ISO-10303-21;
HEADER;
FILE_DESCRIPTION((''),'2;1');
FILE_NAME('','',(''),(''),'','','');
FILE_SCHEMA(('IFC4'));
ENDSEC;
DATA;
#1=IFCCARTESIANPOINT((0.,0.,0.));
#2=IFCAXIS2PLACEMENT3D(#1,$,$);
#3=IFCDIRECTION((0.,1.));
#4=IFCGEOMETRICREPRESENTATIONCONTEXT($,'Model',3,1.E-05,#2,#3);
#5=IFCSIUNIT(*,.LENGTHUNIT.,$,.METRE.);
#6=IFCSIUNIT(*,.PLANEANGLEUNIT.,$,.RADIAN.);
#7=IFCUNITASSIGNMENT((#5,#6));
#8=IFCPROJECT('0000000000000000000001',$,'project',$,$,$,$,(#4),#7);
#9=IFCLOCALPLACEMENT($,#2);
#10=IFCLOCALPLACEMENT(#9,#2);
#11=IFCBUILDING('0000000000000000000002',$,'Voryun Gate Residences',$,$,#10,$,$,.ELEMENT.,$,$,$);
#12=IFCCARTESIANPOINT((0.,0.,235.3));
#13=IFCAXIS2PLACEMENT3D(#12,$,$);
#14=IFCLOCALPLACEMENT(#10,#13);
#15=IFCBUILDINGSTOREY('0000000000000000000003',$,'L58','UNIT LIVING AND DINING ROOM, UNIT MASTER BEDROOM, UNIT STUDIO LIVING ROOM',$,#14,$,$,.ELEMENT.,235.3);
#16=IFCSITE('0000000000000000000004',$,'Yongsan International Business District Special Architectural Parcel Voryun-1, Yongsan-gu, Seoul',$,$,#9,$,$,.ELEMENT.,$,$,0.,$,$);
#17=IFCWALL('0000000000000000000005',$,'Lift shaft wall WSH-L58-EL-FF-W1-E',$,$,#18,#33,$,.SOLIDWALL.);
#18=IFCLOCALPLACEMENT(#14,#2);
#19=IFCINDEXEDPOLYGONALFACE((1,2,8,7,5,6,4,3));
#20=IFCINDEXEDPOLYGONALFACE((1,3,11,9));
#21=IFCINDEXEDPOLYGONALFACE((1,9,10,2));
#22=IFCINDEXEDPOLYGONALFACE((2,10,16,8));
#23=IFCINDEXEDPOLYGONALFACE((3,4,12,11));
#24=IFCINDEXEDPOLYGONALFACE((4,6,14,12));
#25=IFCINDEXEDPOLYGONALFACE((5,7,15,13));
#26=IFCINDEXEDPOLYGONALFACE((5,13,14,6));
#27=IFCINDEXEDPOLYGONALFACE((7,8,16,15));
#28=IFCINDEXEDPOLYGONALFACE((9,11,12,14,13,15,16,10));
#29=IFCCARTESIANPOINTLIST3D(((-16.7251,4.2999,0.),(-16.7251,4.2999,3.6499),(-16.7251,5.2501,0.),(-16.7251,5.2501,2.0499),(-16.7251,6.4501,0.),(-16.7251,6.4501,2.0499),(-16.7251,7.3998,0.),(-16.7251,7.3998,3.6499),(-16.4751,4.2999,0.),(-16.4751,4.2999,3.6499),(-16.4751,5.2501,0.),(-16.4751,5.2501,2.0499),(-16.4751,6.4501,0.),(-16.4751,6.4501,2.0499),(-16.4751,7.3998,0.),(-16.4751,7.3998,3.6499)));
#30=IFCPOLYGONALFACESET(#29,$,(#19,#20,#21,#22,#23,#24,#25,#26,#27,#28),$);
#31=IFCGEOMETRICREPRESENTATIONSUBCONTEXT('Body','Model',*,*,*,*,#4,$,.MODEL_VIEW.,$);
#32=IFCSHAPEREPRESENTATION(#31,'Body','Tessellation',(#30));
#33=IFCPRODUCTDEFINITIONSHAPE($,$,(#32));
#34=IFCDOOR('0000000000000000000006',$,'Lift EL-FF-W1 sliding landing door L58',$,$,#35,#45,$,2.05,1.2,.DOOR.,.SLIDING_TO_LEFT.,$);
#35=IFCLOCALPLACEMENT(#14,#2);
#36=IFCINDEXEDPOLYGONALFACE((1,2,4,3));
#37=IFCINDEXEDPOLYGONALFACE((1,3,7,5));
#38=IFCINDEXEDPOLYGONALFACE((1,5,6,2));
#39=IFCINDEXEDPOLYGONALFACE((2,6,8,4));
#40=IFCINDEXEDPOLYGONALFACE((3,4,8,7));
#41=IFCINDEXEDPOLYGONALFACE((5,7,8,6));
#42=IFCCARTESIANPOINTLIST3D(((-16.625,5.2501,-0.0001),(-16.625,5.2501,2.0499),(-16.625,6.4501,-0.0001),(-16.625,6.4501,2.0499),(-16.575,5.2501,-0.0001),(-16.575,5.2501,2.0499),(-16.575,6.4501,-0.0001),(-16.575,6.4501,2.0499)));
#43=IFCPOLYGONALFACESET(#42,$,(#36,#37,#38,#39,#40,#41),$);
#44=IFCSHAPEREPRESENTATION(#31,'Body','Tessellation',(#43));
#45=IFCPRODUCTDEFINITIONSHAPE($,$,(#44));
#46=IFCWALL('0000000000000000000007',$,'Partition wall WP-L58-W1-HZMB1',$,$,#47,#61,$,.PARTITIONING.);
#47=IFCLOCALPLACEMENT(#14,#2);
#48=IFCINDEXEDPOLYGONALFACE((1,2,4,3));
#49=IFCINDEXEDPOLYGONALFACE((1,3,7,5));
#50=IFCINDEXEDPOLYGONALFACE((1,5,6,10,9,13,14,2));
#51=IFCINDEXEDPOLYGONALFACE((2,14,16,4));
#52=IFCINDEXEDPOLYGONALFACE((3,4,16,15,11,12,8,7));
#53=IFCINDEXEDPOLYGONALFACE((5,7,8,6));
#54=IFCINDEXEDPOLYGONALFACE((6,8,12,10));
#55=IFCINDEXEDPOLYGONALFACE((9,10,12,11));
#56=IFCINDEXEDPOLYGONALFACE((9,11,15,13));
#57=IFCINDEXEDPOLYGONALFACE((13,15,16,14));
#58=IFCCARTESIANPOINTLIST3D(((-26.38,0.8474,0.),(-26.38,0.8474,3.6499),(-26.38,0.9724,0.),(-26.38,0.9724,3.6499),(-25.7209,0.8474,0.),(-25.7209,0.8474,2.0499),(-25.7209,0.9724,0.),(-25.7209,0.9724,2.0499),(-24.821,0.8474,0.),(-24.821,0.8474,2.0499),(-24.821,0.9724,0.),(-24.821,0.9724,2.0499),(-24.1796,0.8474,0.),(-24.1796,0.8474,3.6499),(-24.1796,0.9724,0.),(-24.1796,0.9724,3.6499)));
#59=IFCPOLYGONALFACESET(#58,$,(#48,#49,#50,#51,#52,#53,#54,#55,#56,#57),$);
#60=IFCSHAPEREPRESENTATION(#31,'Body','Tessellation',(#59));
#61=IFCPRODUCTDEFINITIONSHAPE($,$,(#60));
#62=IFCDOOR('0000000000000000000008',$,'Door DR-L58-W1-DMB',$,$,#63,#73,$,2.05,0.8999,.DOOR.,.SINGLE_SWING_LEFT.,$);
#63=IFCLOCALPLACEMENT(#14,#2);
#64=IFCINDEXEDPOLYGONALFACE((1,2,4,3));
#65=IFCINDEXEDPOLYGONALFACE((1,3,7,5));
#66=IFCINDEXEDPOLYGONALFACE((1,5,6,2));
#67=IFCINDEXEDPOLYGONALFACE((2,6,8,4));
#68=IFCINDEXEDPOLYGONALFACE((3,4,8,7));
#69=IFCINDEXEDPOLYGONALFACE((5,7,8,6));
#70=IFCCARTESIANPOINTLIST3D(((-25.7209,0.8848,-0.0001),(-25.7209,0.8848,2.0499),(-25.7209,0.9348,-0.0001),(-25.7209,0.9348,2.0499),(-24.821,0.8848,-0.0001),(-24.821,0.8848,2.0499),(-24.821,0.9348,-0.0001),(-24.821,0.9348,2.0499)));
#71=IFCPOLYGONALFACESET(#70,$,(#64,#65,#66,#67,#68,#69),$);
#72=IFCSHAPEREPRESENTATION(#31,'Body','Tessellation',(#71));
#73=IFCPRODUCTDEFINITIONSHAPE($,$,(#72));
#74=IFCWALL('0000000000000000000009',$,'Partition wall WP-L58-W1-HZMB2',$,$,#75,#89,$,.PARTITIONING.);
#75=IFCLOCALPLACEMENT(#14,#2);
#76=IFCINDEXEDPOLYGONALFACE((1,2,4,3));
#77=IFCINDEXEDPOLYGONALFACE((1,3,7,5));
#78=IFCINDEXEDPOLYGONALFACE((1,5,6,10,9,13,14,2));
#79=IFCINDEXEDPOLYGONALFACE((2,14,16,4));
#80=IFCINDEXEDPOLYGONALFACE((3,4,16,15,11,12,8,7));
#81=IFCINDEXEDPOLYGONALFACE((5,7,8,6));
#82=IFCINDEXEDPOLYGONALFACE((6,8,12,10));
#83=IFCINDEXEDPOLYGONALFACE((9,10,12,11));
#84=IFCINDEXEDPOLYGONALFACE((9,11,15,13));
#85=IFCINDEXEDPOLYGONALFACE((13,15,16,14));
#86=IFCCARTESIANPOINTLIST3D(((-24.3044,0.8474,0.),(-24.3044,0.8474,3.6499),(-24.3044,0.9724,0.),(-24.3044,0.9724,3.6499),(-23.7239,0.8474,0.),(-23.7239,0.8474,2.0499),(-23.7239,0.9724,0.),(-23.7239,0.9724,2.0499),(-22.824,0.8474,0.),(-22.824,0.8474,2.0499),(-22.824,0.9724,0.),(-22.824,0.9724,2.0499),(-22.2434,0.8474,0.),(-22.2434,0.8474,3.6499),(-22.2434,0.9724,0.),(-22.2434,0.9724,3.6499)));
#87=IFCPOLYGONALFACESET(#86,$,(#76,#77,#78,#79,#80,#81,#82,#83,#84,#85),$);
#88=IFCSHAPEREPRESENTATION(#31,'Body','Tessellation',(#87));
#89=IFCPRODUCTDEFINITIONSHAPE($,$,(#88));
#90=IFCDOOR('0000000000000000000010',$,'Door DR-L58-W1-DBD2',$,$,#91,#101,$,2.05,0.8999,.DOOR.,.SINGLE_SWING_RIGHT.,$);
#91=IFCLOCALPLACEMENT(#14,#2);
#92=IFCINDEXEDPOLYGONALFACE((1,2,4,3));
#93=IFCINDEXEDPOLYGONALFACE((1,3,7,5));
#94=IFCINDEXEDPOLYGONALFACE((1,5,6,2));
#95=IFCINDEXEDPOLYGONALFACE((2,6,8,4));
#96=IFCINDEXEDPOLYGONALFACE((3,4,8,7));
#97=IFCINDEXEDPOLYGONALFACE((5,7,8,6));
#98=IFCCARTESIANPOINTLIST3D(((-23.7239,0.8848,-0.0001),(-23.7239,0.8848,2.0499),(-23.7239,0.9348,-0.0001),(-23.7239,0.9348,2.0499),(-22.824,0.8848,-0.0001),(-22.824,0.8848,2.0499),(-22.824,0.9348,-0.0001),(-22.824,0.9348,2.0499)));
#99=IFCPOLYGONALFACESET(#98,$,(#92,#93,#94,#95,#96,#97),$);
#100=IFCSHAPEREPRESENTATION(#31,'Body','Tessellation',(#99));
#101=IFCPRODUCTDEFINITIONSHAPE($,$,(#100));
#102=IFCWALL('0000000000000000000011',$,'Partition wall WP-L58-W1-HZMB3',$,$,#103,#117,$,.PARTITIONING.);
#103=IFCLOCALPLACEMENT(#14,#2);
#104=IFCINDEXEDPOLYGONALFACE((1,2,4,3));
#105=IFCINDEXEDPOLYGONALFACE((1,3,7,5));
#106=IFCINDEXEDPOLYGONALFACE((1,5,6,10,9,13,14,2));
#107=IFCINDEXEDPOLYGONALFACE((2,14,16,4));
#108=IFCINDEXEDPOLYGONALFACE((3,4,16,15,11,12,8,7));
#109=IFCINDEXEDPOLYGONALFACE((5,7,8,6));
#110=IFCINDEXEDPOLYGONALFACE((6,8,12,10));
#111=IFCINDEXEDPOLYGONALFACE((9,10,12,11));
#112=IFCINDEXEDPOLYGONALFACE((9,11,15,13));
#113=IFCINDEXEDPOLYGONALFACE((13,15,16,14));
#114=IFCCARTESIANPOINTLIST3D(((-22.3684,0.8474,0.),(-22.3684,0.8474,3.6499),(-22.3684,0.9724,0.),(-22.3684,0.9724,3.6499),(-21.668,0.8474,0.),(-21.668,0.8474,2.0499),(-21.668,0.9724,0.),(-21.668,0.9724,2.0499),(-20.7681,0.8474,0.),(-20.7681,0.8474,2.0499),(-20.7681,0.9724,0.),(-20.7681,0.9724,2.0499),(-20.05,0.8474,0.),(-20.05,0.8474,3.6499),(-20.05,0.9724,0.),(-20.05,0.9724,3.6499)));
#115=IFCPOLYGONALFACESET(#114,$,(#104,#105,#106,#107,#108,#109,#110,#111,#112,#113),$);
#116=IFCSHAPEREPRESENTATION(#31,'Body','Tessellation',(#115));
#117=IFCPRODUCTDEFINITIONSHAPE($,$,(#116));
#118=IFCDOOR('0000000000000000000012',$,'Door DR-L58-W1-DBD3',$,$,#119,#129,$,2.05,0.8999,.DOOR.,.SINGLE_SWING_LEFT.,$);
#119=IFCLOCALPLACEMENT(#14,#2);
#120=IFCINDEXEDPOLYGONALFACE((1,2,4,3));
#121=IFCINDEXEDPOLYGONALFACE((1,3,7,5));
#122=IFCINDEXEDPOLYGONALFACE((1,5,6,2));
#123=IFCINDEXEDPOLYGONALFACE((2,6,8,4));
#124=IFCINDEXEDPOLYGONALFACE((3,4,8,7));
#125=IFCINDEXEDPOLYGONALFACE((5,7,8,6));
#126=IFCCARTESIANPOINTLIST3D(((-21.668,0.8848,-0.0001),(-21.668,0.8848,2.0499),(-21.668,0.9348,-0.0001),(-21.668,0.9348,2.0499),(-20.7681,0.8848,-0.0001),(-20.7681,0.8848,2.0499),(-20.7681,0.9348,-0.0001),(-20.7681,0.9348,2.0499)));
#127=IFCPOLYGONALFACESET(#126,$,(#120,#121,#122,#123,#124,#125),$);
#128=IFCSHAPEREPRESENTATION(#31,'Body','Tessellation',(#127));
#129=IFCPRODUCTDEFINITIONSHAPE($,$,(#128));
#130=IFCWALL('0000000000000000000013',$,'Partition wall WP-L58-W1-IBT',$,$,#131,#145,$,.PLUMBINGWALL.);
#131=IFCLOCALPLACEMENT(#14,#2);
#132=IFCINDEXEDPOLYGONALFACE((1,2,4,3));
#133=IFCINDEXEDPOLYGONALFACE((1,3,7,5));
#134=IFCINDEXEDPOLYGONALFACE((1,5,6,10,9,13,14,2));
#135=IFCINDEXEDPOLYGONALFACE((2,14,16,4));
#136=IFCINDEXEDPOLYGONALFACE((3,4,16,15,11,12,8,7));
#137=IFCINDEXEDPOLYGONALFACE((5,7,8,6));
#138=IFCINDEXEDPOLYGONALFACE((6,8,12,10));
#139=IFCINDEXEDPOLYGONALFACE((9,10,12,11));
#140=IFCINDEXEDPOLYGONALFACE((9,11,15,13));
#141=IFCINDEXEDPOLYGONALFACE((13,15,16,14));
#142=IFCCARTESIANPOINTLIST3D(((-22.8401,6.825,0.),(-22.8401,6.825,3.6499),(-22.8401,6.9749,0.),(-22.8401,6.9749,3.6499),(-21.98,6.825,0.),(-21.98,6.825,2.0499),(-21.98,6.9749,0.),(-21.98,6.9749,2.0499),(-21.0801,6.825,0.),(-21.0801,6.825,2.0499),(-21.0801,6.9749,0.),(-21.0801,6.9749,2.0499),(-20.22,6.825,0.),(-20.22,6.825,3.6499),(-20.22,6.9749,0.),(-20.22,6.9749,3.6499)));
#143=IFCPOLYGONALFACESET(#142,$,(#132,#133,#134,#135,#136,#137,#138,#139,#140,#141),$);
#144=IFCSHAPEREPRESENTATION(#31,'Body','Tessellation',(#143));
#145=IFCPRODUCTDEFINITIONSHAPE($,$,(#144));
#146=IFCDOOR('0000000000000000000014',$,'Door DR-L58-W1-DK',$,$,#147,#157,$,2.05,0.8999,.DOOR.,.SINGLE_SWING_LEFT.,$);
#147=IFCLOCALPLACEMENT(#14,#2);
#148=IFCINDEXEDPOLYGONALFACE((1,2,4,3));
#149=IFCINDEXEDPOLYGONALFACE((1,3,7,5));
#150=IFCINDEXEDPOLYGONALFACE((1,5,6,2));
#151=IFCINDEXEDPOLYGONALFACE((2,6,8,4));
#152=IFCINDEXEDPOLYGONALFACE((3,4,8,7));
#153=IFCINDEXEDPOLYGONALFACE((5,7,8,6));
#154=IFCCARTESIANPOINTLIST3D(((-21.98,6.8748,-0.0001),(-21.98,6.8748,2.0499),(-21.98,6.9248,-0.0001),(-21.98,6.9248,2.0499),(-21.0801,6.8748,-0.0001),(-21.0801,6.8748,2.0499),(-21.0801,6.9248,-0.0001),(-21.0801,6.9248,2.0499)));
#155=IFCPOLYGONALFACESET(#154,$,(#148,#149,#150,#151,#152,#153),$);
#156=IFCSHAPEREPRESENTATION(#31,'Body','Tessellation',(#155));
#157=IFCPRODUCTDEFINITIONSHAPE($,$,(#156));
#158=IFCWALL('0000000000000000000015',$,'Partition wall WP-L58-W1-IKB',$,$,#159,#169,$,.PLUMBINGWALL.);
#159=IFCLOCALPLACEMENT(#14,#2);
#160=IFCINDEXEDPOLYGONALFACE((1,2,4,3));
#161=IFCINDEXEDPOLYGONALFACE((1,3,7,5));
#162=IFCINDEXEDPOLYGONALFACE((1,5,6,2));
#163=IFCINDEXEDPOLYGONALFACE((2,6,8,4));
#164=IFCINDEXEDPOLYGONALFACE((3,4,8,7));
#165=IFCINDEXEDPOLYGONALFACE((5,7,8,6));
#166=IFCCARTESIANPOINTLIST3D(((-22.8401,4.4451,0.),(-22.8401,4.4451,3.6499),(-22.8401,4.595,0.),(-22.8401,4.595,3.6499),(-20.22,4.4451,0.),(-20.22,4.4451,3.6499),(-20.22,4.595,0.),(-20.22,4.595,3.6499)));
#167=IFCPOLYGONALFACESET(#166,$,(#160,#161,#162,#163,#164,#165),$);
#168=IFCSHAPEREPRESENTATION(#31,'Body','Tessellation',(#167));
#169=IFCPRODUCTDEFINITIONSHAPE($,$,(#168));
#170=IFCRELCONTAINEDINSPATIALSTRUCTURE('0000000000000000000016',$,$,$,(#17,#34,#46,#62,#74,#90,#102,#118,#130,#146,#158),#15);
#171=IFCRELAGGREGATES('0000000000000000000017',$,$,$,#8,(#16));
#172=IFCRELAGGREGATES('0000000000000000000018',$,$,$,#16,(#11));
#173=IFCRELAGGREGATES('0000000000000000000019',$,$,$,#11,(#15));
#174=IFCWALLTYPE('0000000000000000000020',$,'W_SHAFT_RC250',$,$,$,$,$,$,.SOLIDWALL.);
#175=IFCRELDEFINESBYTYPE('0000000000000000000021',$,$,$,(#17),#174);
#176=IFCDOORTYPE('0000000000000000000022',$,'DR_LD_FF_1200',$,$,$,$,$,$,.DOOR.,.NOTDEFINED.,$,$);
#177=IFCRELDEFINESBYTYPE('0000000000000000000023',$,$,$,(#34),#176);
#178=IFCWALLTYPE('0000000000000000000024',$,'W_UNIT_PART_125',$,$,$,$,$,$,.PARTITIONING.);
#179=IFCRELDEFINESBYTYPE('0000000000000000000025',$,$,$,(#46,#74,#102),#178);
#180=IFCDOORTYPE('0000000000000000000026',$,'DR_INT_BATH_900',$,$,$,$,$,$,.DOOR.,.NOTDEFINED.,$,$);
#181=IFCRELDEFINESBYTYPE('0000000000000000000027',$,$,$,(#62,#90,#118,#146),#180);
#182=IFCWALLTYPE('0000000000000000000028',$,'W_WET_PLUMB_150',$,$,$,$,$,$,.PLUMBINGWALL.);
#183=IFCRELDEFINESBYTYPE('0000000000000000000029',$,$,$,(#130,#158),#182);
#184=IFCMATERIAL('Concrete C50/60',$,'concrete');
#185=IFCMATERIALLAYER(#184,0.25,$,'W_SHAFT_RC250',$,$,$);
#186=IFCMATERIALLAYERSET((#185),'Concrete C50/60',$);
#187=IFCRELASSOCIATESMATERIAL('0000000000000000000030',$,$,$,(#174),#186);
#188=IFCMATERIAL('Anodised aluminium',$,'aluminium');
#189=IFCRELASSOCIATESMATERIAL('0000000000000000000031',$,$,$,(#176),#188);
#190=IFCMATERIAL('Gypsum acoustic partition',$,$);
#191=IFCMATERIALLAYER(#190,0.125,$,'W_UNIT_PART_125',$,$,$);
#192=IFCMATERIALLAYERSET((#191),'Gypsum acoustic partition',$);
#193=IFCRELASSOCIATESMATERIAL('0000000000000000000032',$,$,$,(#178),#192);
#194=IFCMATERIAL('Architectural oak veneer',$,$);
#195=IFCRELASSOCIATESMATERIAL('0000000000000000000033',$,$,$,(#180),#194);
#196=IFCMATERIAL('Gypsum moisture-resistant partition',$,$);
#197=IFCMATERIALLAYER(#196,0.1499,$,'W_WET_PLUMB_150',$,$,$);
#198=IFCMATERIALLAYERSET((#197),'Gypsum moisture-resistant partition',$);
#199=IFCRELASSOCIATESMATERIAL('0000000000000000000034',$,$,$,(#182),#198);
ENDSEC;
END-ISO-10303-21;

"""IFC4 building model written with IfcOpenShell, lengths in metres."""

from ifc_helpers import new_model, si_unit, direction, frame, frame_2d, origin, place, context, subcontext, project, spatial, rectangle, extrude, material, layer, layer_set, type_object, element, fill, save


model = new_model("IFC4")

# Units and contexts
model_context = context("Model", 3, precision=1e-05, world=origin(), true_north=direction((0.0, 1.0)))
body_context = subcontext(model_context, "Body", "Model", "MODEL_VIEW")
ifc_project = project(units=[si_unit("LENGTHUNIT", "METRE"), si_unit("PLANEANGLEUNIT", "RADIAN")], contexts=[model_context])

# Site, building, storey
site_placement = place(None, origin())
site = spatial("IfcSite", under=ifc_project, at=site_placement, Name="Yongsan International Business District Special Architectural Parcel Voryun-1, Yongsan-gu, Seoul", CompositionType="ELEMENT", RefElevation=0.0)
building_placement = place(site_placement, origin())
building = spatial("IfcBuilding", under=site, at=building_placement, Name="Voryun Gate Residences", CompositionType="ELEMENT")
storey_placement = place(building_placement, frame((0.0, 0.0, 235.3)))
storey = spatial("IfcBuildingStorey", under=building, at=storey_placement, Name="L58", Description="UNIT LIVING AND DINING ROOM, UNIT MASTER BEDROOM, UNIT STUDIO LIVING ROOM", CompositionType="ELEMENT", Elevation=235.3)

# Shared definitions
ifc_material_1 = material(Name="Concrete C50/60", Category="concrete")
ifc_layer_1 = layer(ifc_material_1, 0.25, Name="W_SHAFT_RC250")
ifc_layer_set_1 = layer_set([ifc_layer_1], Name="Concrete C50/60")
wall_type_1 = type_object("IfcWallType", Name="W_SHAFT_RC250", PredefinedType="SOLIDWALL", material=ifc_layer_set_1)

# Walls, openings, doors
wall_1_placement = place(storey_placement, frame((-16.6001, 4.3, 0.0), z_axis=(0.0, 0.0, 1.0), x_axis=(0.0, 1.0, 0.0)))
wall_1 = element("IfcWall", 1, at=wall_1_placement, inside=storey, type_object=wall_type_1, Name="Lift shaft wall WSH-L58-EL-FF-W1-E", PredefinedType="SOLIDWALL", context=body_context, shape_type="SweptSolid", body=[
    extrude(rectangle(XDim=3.0999, YDim=0.25, at=frame_2d((1.5498, 0.0))), origin(), (0.0, 0.0, 1.0), 3.6499),
])
opening_1_placement = place(wall_1_placement, frame((0.95, 0.0, 0.0)))
opening_1 = element("IfcOpeningElement", 2, at=opening_1_placement, cuts=wall_1, PredefinedType="OPENING", context=body_context, shape_type="SweptSolid", body=[
    extrude(rectangle(XDim=1.2, YDim=2.05, at=frame_2d((0.6001, 1.0249))), frame((0.0, 0.135, 0.0), z_axis=(0.0, -1.0, 0.0), x_axis=(1.0, 0.0, 0.0)), (0.0, 0.0, 1.0), 0.27),
])
ifc_material_2 = material(Name="Anodised aluminium", Category="aluminium")
door_type_1 = type_object("IfcDoorType", Name="DR_LD_FF_1200", OperationType="NOTDEFINED", PredefinedType="DOOR", material=ifc_material_2)
door_1_placement = place(opening_1_placement, origin())
door_1 = element("IfcDoor", 3, at=door_1_placement, inside=storey, type_object=door_type_1, Name="Lift EL-FF-W1 sliding landing door L58", OperationType="SLIDING_TO_LEFT", OverallHeight=2.05, OverallWidth=1.2, PredefinedType="DOOR", context=body_context, shape_type="SweptSolid", body=[
    extrude(rectangle(XDim=1.2, YDim=2.05, at=frame_2d((0.6001, 1.0249))), frame((0.0, 0.0249, 0.0), z_axis=(0.0, -1.0, 0.0), x_axis=(1.0, 0.0, 0.0)), (0.0, 0.0, 1.0), 0.05),
])
fill(opening_1, door_1)
ifc_material_3 = material(Name="Gypsum acoustic partition")
ifc_layer_2 = layer(ifc_material_3, 0.125, Name="W_UNIT_PART_125")
ifc_layer_set_2 = layer_set([ifc_layer_2], Name="Gypsum acoustic partition")
wall_type_2 = type_object("IfcWallType", Name="W_UNIT_PART_125", PredefinedType="PARTITIONING", material=ifc_layer_set_2)
wall_2_placement = place(storey_placement, frame((-26.3799, 0.9099, 0.0), z_axis=(0.0, 0.0, 1.0), x_axis=(1.0, 0.0, 0.0)))
wall_2 = element("IfcWall", 4, at=wall_2_placement, inside=storey, type_object=wall_type_2, Name="Partition wall WP-L58-W1-HZMB1", PredefinedType="PARTITIONING", context=body_context, shape_type="SweptSolid", body=[
    extrude(rectangle(XDim=2.2004, YDim=0.125, at=frame_2d((1.1001, 0.0))), origin(), (0.0, 0.0, 1.0), 3.6499),
])
opening_2_placement = place(wall_2_placement, frame((0.6589, 0.0, 0.0)))
opening_2 = element("IfcOpeningElement", 5, at=opening_2_placement, cuts=wall_2, PredefinedType="OPENING", context=body_context, shape_type="SweptSolid", body=[
    extrude(rectangle(XDim=0.8999, YDim=2.05, at=frame_2d((0.45, 1.0249))), frame((0.0, 0.0725, 0.0), z_axis=(0.0, -1.0, 0.0), x_axis=(1.0, 0.0, 0.0)), (0.0, 0.0, 1.0), 0.145),
])
ifc_material_4 = material(Name="Architectural oak veneer")
door_type_2 = type_object("IfcDoorType", Name="DR_INT_BATH_900", OperationType="NOTDEFINED", PredefinedType="DOOR", material=ifc_material_4)
door_2_placement = place(opening_2_placement, origin())
door_2 = element("IfcDoor", 6, at=door_2_placement, inside=storey, type_object=door_type_2, Name="Door DR-L58-W1-DMB", OperationType="SINGLE_SWING_LEFT", OverallHeight=2.05, OverallWidth=0.8999, PredefinedType="DOOR", context=body_context, shape_type="SweptSolid", body=[
    extrude(rectangle(XDim=0.8999, YDim=2.05, at=frame_2d((0.45, 1.0249))), frame((0.0, 0.0249, 0.0), z_axis=(0.0, -1.0, 0.0), x_axis=(1.0, 0.0, 0.0)), (0.0, 0.0, 1.0), 0.05),
])
fill(opening_2, door_2)
wall_3_placement = place(storey_placement, frame((-24.3044, 0.9099, 0.0), z_axis=(0.0, 0.0, 1.0), x_axis=(1.0, 0.0, 0.0)))
wall_3 = element("IfcWall", 7, at=wall_3_placement, inside=storey, type_object=wall_type_2, Name="Partition wall WP-L58-W1-HZMB2", PredefinedType="PARTITIONING", context=body_context, shape_type="SweptSolid", body=[
    extrude(rectangle(XDim=2.061, YDim=0.125, at=frame_2d((1.0305, 0.0))), origin(), (0.0, 0.0, 1.0), 3.6499),
])
opening_3_placement = place(wall_3_placement, frame((0.5806, 0.0, 0.0)))
opening_3 = element("IfcOpeningElement", 8, at=opening_3_placement, cuts=wall_3, PredefinedType="OPENING", context=body_context, shape_type="SweptSolid", body=[
    extrude(rectangle(XDim=0.8999, YDim=2.05, at=frame_2d((0.45, 1.0249))), frame((0.0, 0.0725, 0.0), z_axis=(0.0, -1.0, 0.0), x_axis=(1.0, 0.0, 0.0)), (0.0, 0.0, 1.0), 0.145),
])
door_3_placement = place(opening_3_placement, origin())
door_3 = element("IfcDoor", 9, at=door_3_placement, inside=storey, type_object=door_type_2, Name="Door DR-L58-W1-DBD2", OperationType="SINGLE_SWING_RIGHT", OverallHeight=2.05, OverallWidth=0.8999, PredefinedType="DOOR", context=body_context, shape_type="SweptSolid", body=[
    extrude(rectangle(XDim=0.8999, YDim=2.05, at=frame_2d((0.45, 1.0249))), frame((0.0, 0.0249, 0.0), z_axis=(0.0, -1.0, 0.0), x_axis=(1.0, 0.0, 0.0)), (0.0, 0.0, 1.0), 0.05),
])
fill(opening_3, door_3)
wall_4_placement = place(storey_placement, frame((-22.3684, 0.9099, 0.0), z_axis=(0.0, 0.0, 1.0), x_axis=(1.0, 0.0, 0.0)))
wall_4 = element("IfcWall", 10, at=wall_4_placement, inside=storey, type_object=wall_type_2, Name="Partition wall WP-L58-W1-HZMB3", PredefinedType="PARTITIONING", context=body_context, shape_type="SweptSolid", body=[
    extrude(rectangle(XDim=2.3184, YDim=0.125, at=frame_2d((1.1592, 0.0))), origin(), (0.0, 0.0, 1.0), 3.6499),
])
opening_4_placement = place(wall_4_placement, frame((0.7004, 0.0, 0.0)))
opening_4 = element("IfcOpeningElement", 11, at=opening_4_placement, cuts=wall_4, PredefinedType="OPENING", context=body_context, shape_type="SweptSolid", body=[
    extrude(rectangle(XDim=0.8999, YDim=2.05, at=frame_2d((0.45, 1.0249))), frame((0.0, 0.0725, 0.0), z_axis=(0.0, -1.0, 0.0), x_axis=(1.0, 0.0, 0.0)), (0.0, 0.0, 1.0), 0.145),
])
door_4_placement = place(opening_4_placement, origin())
door_4 = element("IfcDoor", 12, at=door_4_placement, inside=storey, type_object=door_type_2, Name="Door DR-L58-W1-DBD3", OperationType="SINGLE_SWING_LEFT", OverallHeight=2.05, OverallWidth=0.8999, PredefinedType="DOOR", context=body_context, shape_type="SweptSolid", body=[
    extrude(rectangle(XDim=0.8999, YDim=2.05, at=frame_2d((0.45, 1.0249))), frame((0.0, 0.0249, 0.0), z_axis=(0.0, -1.0, 0.0), x_axis=(1.0, 0.0, 0.0)), (0.0, 0.0, 1.0), 0.05),
])
fill(opening_4, door_4)
ifc_material_5 = material(Name="Gypsum moisture-resistant partition")
ifc_layer_3 = layer(ifc_material_5, 0.1499, Name="W_WET_PLUMB_150")
ifc_layer_set_3 = layer_set([ifc_layer_3], Name="Gypsum moisture-resistant partition")
wall_type_3 = type_object("IfcWallType", Name="W_WET_PLUMB_150", PredefinedType="PLUMBINGWALL", material=ifc_layer_set_3)
wall_5_placement = place(storey_placement, frame((-22.8401, 6.8999, 0.0), z_axis=(0.0, 0.0, 1.0), x_axis=(1.0, 0.0, 0.0)))
wall_5 = element("IfcWall", 13, at=wall_5_placement, inside=storey, type_object=wall_type_3, Name="Partition wall WP-L58-W1-IBT", PredefinedType="PLUMBINGWALL", context=body_context, shape_type="SweptSolid", body=[
    extrude(rectangle(XDim=2.6201, YDim=0.1499, at=frame_2d((1.3101, 0.0))), origin(), (0.0, 0.0, 1.0), 3.6499),
])
opening_5_placement = place(wall_5_placement, frame((0.8601, 0.0, 0.0)))
opening_5 = element("IfcOpeningElement", 14, at=opening_5_placement, cuts=wall_5, PredefinedType="OPENING", context=body_context, shape_type="SweptSolid", body=[
    extrude(rectangle(XDim=0.8999, YDim=2.05, at=frame_2d((0.45, 1.0249))), frame((0.0, 0.085, 0.0), z_axis=(0.0, -1.0, 0.0), x_axis=(1.0, 0.0, 0.0)), (0.0, 0.0, 1.0), 0.1699),
])
door_5_placement = place(opening_5_placement, origin())
door_5 = element("IfcDoor", 15, at=door_5_placement, inside=storey, type_object=door_type_2, Name="Door DR-L58-W1-DK", OperationType="SINGLE_SWING_LEFT", OverallHeight=2.05, OverallWidth=0.8999, PredefinedType="DOOR", context=body_context, shape_type="SweptSolid", body=[
    extrude(rectangle(XDim=0.8999, YDim=2.05, at=frame_2d((0.45, 1.0249))), frame((0.0, 0.0249, 0.0), z_axis=(0.0, -1.0, 0.0), x_axis=(1.0, 0.0, 0.0)), (0.0, 0.0, 1.0), 0.05),
])
fill(opening_5, door_5)

# Wall
for number, where, z_axis, x_axis, name in (
    (16, (-22.8401, 4.52, 0.0), (0.0, 0.0, 1.0), (1.0, 0.0, 0.0), "Partition wall WP-L58-W1-IKB"),
):
    element("IfcWall", number, at=place(storey_placement, frame(where, z_axis=z_axis, x_axis=x_axis)), inside=storey, type_object=wall_type_3, Name=name, PredefinedType="PLUMBINGWALL", context=body_context, shape_type="SweptSolid", body=[
        extrude(rectangle(XDim=2.6201, YDim=0.1499, at=frame_2d((1.3101, 0.0))), origin(), (0.0, 0.0, 1.0), 3.6499),
    ])

save(model, "model.ifc")
